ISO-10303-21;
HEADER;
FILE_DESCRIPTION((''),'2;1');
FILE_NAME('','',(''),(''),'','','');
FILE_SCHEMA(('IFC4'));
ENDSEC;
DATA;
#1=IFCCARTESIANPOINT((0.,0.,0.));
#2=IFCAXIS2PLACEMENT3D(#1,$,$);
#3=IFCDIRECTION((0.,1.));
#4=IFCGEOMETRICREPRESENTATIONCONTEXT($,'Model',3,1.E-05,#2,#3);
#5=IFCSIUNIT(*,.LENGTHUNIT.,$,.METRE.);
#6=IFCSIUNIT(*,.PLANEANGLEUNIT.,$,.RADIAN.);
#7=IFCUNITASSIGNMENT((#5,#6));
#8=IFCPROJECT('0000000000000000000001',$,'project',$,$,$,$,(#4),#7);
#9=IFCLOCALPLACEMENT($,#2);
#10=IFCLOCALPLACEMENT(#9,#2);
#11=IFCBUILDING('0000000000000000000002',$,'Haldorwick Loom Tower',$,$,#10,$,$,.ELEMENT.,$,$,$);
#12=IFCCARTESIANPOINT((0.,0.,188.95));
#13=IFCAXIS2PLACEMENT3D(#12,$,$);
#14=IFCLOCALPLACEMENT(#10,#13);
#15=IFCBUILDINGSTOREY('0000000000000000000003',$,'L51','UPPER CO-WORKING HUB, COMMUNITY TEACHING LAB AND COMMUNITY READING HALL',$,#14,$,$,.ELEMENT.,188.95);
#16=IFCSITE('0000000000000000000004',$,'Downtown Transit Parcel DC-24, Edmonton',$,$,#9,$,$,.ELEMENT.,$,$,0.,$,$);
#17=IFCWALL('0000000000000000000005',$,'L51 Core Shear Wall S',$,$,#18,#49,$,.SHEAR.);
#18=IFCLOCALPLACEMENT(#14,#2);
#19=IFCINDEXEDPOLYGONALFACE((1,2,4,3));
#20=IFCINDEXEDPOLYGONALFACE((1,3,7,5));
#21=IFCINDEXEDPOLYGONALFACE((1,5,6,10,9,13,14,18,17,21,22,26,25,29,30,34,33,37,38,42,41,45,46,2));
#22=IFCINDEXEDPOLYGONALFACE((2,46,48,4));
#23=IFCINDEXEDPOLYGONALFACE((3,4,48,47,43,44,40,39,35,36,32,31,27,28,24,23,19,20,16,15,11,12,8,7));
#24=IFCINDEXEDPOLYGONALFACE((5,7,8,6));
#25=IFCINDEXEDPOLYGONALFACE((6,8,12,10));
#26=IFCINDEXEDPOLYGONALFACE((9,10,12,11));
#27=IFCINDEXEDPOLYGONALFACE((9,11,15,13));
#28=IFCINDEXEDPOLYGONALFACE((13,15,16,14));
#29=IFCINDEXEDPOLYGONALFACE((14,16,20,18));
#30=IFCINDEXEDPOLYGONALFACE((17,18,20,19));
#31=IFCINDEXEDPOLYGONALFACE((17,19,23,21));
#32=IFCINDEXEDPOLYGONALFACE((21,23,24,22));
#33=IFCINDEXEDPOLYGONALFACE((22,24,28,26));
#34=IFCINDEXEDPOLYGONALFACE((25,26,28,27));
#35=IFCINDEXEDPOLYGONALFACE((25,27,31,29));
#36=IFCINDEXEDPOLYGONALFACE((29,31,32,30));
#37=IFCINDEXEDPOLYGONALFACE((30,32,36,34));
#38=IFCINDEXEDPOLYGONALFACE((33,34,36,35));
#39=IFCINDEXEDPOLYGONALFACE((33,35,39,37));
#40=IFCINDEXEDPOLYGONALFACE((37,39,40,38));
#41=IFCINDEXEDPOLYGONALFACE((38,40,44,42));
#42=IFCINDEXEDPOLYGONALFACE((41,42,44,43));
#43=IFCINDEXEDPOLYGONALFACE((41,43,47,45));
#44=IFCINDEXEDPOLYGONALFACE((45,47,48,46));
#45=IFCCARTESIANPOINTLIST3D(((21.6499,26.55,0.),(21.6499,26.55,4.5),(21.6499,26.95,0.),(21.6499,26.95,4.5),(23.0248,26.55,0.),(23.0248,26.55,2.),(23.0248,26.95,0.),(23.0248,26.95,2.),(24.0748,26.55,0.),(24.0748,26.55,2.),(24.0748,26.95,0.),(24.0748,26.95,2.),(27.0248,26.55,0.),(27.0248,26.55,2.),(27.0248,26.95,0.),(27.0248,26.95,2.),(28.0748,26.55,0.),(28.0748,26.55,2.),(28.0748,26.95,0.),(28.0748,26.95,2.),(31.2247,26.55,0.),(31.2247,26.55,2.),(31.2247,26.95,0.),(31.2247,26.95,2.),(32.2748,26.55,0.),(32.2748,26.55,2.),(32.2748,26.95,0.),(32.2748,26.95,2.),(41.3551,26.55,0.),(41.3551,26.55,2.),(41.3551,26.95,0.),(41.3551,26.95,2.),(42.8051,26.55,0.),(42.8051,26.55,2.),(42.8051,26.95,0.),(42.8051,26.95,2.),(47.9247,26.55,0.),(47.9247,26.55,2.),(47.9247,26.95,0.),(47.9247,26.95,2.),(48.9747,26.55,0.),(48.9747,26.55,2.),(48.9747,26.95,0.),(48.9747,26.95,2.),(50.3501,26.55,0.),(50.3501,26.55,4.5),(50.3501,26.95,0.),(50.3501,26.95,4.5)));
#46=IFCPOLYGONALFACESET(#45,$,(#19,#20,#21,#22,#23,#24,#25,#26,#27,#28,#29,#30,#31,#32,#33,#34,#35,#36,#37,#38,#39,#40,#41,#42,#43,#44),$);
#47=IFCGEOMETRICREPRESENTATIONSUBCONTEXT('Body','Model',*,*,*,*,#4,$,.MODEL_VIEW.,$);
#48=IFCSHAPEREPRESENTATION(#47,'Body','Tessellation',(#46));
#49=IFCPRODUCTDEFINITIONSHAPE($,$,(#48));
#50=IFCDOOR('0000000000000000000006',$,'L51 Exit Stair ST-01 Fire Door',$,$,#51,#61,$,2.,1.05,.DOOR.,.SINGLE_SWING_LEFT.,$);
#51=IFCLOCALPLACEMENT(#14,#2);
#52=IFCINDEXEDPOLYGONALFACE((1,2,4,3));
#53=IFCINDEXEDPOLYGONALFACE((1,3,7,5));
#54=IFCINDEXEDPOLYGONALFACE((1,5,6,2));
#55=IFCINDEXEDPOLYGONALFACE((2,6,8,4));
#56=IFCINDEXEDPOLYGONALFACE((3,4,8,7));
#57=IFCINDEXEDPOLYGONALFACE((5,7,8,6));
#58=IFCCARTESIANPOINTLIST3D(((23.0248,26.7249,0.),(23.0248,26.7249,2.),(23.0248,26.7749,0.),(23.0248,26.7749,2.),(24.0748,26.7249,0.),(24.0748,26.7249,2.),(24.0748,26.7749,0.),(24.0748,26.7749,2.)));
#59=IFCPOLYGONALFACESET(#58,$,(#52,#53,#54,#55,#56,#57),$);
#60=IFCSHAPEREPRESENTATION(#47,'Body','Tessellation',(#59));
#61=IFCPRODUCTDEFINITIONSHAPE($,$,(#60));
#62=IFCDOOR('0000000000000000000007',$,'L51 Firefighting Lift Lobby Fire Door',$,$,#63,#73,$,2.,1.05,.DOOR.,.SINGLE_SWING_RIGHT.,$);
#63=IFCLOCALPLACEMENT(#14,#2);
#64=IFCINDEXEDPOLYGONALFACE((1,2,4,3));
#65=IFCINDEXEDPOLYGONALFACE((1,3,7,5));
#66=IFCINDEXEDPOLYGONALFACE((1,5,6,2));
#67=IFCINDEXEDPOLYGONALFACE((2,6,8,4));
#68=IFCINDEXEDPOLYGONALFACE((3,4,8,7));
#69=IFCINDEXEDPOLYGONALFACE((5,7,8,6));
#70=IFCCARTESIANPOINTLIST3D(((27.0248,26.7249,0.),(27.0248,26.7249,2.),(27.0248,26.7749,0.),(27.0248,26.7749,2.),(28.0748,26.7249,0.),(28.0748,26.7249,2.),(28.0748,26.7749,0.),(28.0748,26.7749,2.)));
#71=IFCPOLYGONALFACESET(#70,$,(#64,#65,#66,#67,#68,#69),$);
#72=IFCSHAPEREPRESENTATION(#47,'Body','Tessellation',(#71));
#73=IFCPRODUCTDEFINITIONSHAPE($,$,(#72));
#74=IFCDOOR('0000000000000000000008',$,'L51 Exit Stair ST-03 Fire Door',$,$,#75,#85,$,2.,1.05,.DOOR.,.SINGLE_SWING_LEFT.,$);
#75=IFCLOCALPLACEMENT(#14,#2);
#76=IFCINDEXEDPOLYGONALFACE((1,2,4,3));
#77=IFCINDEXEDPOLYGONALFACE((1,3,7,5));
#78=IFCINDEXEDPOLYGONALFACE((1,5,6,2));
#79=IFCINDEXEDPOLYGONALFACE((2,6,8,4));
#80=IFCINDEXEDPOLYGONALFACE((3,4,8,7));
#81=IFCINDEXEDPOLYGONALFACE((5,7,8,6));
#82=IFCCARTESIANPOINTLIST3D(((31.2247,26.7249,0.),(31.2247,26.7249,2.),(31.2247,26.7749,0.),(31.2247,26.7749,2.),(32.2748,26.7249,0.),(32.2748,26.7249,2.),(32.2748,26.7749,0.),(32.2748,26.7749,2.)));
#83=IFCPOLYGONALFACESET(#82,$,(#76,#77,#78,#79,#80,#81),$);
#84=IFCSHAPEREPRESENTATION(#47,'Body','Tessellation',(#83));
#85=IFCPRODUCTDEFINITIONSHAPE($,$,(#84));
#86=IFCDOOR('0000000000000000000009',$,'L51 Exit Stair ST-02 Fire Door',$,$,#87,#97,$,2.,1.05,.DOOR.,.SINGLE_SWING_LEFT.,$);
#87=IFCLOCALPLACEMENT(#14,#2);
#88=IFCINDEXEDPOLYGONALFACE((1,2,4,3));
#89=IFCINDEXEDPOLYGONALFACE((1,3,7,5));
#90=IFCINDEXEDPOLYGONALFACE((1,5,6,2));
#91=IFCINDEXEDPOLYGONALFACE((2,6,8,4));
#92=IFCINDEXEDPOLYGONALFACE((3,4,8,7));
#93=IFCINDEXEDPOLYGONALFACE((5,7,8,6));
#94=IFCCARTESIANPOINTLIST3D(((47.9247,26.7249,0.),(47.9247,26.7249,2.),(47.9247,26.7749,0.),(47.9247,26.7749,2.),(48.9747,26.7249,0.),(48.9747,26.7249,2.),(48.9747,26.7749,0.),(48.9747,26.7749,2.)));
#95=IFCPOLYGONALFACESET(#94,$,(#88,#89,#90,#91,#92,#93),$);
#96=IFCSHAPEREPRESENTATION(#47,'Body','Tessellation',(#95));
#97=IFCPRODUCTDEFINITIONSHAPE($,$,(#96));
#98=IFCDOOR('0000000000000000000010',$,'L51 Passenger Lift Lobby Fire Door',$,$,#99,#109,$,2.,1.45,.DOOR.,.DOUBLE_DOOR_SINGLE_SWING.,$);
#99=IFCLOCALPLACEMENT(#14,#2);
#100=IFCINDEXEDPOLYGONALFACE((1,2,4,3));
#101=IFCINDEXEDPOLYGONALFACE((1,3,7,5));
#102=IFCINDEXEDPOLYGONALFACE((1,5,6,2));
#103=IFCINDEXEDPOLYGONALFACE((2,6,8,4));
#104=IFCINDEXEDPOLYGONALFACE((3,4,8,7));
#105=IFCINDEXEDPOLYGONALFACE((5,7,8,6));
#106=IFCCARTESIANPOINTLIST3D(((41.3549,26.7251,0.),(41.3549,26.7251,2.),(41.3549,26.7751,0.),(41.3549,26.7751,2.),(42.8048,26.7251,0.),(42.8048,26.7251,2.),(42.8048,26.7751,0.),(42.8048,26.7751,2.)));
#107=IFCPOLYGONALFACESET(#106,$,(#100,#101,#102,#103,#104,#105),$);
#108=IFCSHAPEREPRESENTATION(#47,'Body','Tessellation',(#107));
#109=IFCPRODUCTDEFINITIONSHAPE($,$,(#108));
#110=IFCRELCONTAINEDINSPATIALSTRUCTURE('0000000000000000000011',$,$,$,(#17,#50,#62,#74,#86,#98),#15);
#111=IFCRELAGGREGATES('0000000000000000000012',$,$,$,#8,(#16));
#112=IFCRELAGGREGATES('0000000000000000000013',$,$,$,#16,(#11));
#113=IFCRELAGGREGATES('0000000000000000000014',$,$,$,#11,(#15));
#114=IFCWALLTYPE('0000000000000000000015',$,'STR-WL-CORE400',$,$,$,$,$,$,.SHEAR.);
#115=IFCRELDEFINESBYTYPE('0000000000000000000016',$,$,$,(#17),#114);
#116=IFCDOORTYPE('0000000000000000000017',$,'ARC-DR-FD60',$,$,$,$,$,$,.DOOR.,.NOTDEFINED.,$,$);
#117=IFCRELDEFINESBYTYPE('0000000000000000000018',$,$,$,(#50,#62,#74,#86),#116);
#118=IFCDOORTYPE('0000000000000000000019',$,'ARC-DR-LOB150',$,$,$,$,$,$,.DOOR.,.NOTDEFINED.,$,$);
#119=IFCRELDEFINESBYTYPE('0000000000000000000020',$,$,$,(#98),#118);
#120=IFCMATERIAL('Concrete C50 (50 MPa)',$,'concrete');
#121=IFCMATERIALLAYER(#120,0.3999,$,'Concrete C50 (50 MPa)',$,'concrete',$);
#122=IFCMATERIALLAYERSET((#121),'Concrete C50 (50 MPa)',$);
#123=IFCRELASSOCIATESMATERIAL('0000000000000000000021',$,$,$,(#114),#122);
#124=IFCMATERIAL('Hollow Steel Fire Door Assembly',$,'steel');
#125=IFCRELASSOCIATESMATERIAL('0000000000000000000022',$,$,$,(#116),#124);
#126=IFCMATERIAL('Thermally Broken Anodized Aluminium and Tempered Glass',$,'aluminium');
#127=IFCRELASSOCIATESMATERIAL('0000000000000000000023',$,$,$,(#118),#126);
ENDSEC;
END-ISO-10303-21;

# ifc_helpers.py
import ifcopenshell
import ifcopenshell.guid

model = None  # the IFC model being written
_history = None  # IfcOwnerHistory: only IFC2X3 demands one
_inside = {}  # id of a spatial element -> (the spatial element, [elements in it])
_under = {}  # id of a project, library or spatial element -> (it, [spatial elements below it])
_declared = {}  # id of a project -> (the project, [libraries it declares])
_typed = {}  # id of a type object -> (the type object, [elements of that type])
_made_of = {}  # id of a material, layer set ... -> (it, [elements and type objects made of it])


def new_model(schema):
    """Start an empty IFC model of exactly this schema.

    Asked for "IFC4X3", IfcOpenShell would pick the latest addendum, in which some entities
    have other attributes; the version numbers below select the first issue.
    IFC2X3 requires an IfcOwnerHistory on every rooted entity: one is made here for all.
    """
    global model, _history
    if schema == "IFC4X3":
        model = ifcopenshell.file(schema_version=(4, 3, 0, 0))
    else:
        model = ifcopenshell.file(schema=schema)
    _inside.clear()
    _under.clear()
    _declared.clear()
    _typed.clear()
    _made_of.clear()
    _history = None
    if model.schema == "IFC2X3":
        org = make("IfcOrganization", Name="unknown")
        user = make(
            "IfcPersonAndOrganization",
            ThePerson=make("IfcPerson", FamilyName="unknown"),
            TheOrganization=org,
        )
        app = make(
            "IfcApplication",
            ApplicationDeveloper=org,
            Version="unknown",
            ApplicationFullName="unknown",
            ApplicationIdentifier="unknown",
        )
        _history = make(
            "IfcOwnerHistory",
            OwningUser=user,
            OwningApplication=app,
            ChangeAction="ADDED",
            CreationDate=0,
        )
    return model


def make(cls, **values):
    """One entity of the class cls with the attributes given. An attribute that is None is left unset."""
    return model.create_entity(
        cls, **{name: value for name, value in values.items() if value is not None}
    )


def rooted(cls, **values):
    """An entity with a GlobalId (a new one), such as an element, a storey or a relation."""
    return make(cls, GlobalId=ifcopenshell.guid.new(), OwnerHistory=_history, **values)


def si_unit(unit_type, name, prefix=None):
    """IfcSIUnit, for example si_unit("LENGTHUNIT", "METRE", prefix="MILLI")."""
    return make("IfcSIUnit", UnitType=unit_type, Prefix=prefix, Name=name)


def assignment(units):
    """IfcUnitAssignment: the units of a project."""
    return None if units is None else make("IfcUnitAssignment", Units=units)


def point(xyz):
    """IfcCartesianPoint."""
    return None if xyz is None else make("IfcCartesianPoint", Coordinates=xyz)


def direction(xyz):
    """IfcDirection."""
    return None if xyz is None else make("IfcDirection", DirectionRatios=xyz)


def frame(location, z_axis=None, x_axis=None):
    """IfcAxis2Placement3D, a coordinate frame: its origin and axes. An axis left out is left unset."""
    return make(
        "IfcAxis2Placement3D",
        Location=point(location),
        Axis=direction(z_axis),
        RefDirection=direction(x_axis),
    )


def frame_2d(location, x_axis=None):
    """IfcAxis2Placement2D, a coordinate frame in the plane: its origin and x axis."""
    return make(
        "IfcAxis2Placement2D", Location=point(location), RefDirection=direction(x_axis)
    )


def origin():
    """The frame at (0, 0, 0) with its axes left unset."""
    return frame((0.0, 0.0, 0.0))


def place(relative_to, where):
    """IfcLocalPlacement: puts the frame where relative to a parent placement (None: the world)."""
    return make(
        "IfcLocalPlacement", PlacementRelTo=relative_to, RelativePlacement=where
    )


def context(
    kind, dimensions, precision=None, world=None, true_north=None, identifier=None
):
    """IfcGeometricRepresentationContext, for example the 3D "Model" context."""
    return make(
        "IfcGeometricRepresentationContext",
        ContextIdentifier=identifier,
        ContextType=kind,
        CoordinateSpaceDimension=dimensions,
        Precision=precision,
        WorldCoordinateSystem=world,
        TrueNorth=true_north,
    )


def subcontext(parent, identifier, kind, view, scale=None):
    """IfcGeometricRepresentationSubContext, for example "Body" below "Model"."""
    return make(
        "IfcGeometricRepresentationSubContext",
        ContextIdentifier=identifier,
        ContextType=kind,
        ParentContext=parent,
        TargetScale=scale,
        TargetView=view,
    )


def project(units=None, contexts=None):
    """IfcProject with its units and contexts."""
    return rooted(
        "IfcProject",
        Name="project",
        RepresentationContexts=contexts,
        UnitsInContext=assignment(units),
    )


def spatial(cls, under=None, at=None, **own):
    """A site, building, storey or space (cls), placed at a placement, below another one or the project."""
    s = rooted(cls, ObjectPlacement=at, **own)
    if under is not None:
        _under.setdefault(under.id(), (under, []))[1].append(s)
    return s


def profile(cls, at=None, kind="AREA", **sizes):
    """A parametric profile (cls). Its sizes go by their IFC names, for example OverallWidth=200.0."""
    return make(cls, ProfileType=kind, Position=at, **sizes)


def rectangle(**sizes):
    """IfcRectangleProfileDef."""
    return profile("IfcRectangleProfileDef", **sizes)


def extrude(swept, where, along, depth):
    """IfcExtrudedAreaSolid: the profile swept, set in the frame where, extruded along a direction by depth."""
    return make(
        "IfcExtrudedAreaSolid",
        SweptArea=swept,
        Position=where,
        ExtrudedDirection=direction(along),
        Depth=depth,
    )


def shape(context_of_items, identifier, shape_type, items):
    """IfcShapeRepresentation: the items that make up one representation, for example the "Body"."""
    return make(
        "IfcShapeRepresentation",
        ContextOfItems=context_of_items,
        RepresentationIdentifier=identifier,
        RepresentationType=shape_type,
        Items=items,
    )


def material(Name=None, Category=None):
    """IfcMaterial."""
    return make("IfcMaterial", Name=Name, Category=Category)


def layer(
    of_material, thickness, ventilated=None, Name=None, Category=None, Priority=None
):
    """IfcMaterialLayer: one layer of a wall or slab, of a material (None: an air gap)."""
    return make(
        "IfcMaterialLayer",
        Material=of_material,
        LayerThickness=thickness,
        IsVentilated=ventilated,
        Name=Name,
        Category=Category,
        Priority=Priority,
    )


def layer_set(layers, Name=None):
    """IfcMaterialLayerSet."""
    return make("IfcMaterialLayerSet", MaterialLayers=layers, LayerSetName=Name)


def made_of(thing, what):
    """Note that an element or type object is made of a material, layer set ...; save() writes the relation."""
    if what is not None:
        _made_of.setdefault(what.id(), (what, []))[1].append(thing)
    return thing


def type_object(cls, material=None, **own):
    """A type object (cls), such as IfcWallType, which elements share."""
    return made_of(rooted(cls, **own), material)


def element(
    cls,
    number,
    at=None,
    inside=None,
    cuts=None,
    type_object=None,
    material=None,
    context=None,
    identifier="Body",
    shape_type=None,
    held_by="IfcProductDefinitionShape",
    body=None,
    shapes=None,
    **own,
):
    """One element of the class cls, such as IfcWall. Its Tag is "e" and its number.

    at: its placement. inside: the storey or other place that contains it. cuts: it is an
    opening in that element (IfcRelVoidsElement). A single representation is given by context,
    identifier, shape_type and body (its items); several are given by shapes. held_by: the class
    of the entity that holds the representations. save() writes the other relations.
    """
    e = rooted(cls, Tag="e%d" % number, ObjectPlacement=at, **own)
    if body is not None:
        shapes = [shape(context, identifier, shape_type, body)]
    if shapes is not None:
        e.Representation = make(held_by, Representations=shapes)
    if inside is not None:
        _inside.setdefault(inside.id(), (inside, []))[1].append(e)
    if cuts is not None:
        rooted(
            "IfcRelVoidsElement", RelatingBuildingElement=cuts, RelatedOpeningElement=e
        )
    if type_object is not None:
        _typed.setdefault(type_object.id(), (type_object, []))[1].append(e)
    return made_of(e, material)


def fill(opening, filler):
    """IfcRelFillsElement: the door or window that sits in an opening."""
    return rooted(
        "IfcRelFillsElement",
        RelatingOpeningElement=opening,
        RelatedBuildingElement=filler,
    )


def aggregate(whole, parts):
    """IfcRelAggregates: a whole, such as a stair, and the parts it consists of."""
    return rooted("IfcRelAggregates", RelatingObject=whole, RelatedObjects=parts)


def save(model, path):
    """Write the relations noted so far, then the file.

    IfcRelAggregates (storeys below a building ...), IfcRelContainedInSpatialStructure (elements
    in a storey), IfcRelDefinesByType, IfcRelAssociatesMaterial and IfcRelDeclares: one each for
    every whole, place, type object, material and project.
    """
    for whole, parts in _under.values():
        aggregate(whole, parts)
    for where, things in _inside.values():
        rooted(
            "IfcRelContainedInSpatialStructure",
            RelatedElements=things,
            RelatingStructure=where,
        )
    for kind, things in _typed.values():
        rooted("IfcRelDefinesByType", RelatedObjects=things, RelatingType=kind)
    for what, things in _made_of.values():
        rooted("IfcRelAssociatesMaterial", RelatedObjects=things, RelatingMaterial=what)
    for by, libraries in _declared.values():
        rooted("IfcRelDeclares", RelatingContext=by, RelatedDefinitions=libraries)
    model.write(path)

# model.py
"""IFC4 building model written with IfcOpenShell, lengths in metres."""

from ifc_helpers import new_model, si_unit, direction, frame, frame_2d, origin, place, context, subcontext, project, spatial, rectangle, extrude, material, layer, layer_set, type_object, element, fill, save


model = new_model("IFC4")

# Units and contexts
model_context = context("Model", 3, precision=1e-05, world=origin(), true_north=direction((0.0, 1.0)))
body_context = subcontext(model_context, "Body", "Model", "MODEL_VIEW")
ifc_project = project(units=[si_unit("LENGTHUNIT", "METRE"), si_unit("PLANEANGLEUNIT", "RADIAN")], contexts=[model_context])

# Site, building, storey
site_placement = place(None, origin())
site = spatial("IfcSite", under=ifc_project, at=site_placement, Name="Downtown Transit Parcel DC-24, Edmonton", CompositionType="ELEMENT", RefElevation=0.0)
building_placement = place(site_placement, origin())
building = spatial("IfcBuilding", under=site, at=building_placement, Name="Haldorwick Loom Tower", CompositionType="ELEMENT")
storey_placement = place(building_placement, frame((0.0, 0.0, 188.95)))
storey = spatial("IfcBuildingStorey", under=building, at=storey_placement, Name="L51", Description="UPPER CO-WORKING HUB, COMMUNITY TEACHING LAB AND COMMUNITY READING HALL", CompositionType="ELEMENT", Elevation=188.95)

# Shared definitions
ifc_material_1 = material(Name="Hollow Steel Fire Door Assembly", Category="steel")

# Wall, openings, doors
ifc_material_2 = material(Name="Concrete C50 (50 MPa)", Category="concrete")
ifc_layer_1 = layer(ifc_material_2, 0.3999, Name="Concrete C50 (50 MPa)", Category="concrete")
ifc_layer_set_1 = layer_set([ifc_layer_1], Name="Concrete C50 (50 MPa)")
wall_type_1 = type_object("IfcWallType", Name="STR-WL-CORE400", PredefinedType="SHEAR", material=ifc_layer_set_1)
wall_1_placement = place(storey_placement, frame((21.6499, 26.75, 0.0), z_axis=(0.0, 0.0, 1.0), x_axis=(1.0, 0.0, 0.0)))
wall_1 = element("IfcWall", 1, at=wall_1_placement, inside=storey, type_object=wall_type_1, Name="L51 Core Shear Wall S", PredefinedType="SHEAR", context=body_context, shape_type="SweptSolid", body=[
    extrude(rectangle(XDim=28.7002, YDim=0.3999, at=frame_2d((14.3501, 0.0))), origin(), (0.0, 0.0, 1.0), 4.5),
])
opening_1_placement = place(wall_1_placement, frame((1.375, 0.0, 0.0)))
opening_1 = element("IfcOpeningElement", 2, at=opening_1_placement, cuts=wall_1, PredefinedType="OPENING", context=body_context, shape_type="SweptSolid", body=[
    extrude(rectangle(XDim=1.05, YDim=2.0, at=frame_2d((0.5249, 1.0))), frame((0.0, 0.21, 0.0), z_axis=(0.0, -1.0, 0.0), x_axis=(1.0, 0.0, 0.0)), (0.0, 0.0, 1.0), 0.4199),
])
opening_2_placement = place(wall_1_placement, frame((5.375, 0.0, 0.0)))
opening_2 = element("IfcOpeningElement", 3, at=opening_2_placement, cuts=wall_1, PredefinedType="OPENING", context=body_context, shape_type="SweptSolid", body=[
    extrude(rectangle(XDim=1.05, YDim=2.0, at=frame_2d((0.5249, 1.0))), frame((0.0, 0.21, 0.0), z_axis=(0.0, -1.0, 0.0), x_axis=(1.0, 0.0, 0.0)), (0.0, 0.0, 1.0), 0.4199),
])
opening_3_placement = place(wall_1_placement, frame((9.575, 0.0, 0.0)))
opening_3 = element("IfcOpeningElement", 4, at=opening_3_placement, cuts=wall_1, PredefinedType="OPENING", context=body_context, shape_type="SweptSolid", body=[
    extrude(rectangle(XDim=1.05, YDim=2.0, at=frame_2d((0.5249, 1.0))), frame((0.0, 0.21, 0.0), z_axis=(0.0, -1.0, 0.0), x_axis=(1.0, 0.0, 0.0)), (0.0, 0.0, 1.0), 0.4199),
])
opening_4_placement = place(wall_1_placement, frame((19.7051, 0.0, 0.0)))
opening_4 = element("IfcOpeningElement", 5, at=opening_4_placement, cuts=wall_1, PredefinedType="OPENING", context=body_context, shape_type="SweptSolid", body=[
    extrude(rectangle(XDim=1.45, YDim=2.0, at=frame_2d((0.7251, 1.0))), frame((0.0, 0.21, 0.0), z_axis=(0.0, -1.0, 0.0), x_axis=(1.0, 0.0, 0.0)), (0.0, 0.0, 1.0), 0.4199),
])
opening_5_placement = place(wall_1_placement, frame((26.2749, 0.0, 0.0)))
opening_5 = element("IfcOpeningElement", 6, at=opening_5_placement, cuts=wall_1, PredefinedType="OPENING", context=body_context, shape_type="SweptSolid", body=[
    extrude(rectangle(XDim=1.05, YDim=2.0, at=frame_2d((0.5249, 1.0))), frame((0.0, 0.21, 0.0), z_axis=(0.0, -1.0, 0.0), x_axis=(1.0, 0.0, 0.0)), (0.0, 0.0, 1.0), 0.4199),
])
door_type_1 = type_object("IfcDoorType", Name="ARC-DR-FD60", OperationType="NOTDEFINED", PredefinedType="DOOR", material=ifc_material_1)
door_1_placement = place(opening_1_placement, origin())
door_1 = element("IfcDoor", 7, at=door_1_placement, inside=storey, type_object=door_type_1, Name="L51 Exit Stair ST-01 Fire Door", OperationType="SINGLE_SWING_LEFT", OverallHeight=2.0, OverallWidth=1.05, PredefinedType="DOOR", context=body_context, shape_type="SweptSolid", body=[
    extrude(rectangle(XDim=1.05, YDim=2.0, at=frame_2d((0.5249, 1.0))), frame((0.0, 0.0249, 0.0), z_axis=(0.0, -1.0, 0.0), x_axis=(1.0, 0.0, 0.0)), (0.0, 0.0, 1.0), 0.05),
])
fill(opening_1, door_1)
door_2_placement = place(opening_2_placement, origin())
door_2 = element("IfcDoor", 8, at=door_2_placement, inside=storey, type_object=door_type_1, Name="L51 Firefighting Lift Lobby Fire Door", OperationType="SINGLE_SWING_RIGHT", OverallHeight=2.0, OverallWidth=1.05, PredefinedType="DOOR", context=body_context, shape_type="SweptSolid", body=[
    extrude(rectangle(XDim=1.05, YDim=2.0, at=frame_2d((0.5249, 1.0))), frame((0.0, 0.0249, 0.0), z_axis=(0.0, -1.0, 0.0), x_axis=(1.0, 0.0, 0.0)), (0.0, 0.0, 1.0), 0.05),
])
fill(opening_2, door_2)
door_3_placement = place(opening_3_placement, origin())
door_3 = element("IfcDoor", 9, at=door_3_placement, inside=storey, type_object=door_type_1, Name="L51 Exit Stair ST-03 Fire Door", OperationType="SINGLE_SWING_LEFT", OverallHeight=2.0, OverallWidth=1.05, PredefinedType="DOOR", context=body_context, shape_type="SweptSolid", body=[
    extrude(rectangle(XDim=1.05, YDim=2.0, at=frame_2d((0.5249, 1.0))), frame((0.0, 0.0249, 0.0), z_axis=(0.0, -1.0, 0.0), x_axis=(1.0, 0.0, 0.0)), (0.0, 0.0, 1.0), 0.05),
])
fill(opening_3, door_3)
door_4_placement = place(opening_5_placement, origin())
door_4 = element("IfcDoor", 10, at=door_4_placement, inside=storey, type_object=door_type_1, Name="L51 Exit Stair ST-02 Fire Door", OperationType="SINGLE_SWING_LEFT", OverallHeight=2.0, OverallWidth=1.05, PredefinedType="DOOR", context=body_context, shape_type="SweptSolid", body=[
    extrude(rectangle(XDim=1.05, YDim=2.0, at=frame_2d((0.5249, 1.0))), frame((0.0, 0.0249, 0.0), z_axis=(0.0, -1.0, 0.0), x_axis=(1.0, 0.0, 0.0)), (0.0, 0.0, 1.0), 0.05),
])
fill(opening_5, door_4)
ifc_material_3 = material(Name="Thermally Broken Anodized Aluminium and Tempered Glass", Category="aluminium")
door_type_2 = type_object("IfcDoorType", Name="ARC-DR-LOB150", OperationType="NOTDEFINED", PredefinedType="DOOR", material=ifc_material_3)
door_5_placement = place(opening_4_placement, frame((1.45, 0.0, 0.0), z_axis=(0.0, 0.0, 1.0), x_axis=(-1.0, 0.0, 0.0)))
door_5 = element("IfcDoor", 11, at=door_5_placement, inside=storey, type_object=door_type_2, Name="L51 Passenger Lift Lobby Fire Door", OperationType="DOUBLE_DOOR_SINGLE_SWING", OverallHeight=2.0, OverallWidth=1.45, PredefinedType="DOOR", context=body_context, shape_type="SweptSolid", body=[
    extrude(rectangle(XDim=1.45, YDim=2.0, at=frame_2d((0.7251, 1.0))), frame((0.0, 0.0249, 0.0), z_axis=(0.0, -1.0, 0.0), x_axis=(1.0, 0.0, 0.0)), (0.0, 0.0, 1.0), 0.05),
])
fill(opening_4, door_5)

save(model, "model.ifc")
